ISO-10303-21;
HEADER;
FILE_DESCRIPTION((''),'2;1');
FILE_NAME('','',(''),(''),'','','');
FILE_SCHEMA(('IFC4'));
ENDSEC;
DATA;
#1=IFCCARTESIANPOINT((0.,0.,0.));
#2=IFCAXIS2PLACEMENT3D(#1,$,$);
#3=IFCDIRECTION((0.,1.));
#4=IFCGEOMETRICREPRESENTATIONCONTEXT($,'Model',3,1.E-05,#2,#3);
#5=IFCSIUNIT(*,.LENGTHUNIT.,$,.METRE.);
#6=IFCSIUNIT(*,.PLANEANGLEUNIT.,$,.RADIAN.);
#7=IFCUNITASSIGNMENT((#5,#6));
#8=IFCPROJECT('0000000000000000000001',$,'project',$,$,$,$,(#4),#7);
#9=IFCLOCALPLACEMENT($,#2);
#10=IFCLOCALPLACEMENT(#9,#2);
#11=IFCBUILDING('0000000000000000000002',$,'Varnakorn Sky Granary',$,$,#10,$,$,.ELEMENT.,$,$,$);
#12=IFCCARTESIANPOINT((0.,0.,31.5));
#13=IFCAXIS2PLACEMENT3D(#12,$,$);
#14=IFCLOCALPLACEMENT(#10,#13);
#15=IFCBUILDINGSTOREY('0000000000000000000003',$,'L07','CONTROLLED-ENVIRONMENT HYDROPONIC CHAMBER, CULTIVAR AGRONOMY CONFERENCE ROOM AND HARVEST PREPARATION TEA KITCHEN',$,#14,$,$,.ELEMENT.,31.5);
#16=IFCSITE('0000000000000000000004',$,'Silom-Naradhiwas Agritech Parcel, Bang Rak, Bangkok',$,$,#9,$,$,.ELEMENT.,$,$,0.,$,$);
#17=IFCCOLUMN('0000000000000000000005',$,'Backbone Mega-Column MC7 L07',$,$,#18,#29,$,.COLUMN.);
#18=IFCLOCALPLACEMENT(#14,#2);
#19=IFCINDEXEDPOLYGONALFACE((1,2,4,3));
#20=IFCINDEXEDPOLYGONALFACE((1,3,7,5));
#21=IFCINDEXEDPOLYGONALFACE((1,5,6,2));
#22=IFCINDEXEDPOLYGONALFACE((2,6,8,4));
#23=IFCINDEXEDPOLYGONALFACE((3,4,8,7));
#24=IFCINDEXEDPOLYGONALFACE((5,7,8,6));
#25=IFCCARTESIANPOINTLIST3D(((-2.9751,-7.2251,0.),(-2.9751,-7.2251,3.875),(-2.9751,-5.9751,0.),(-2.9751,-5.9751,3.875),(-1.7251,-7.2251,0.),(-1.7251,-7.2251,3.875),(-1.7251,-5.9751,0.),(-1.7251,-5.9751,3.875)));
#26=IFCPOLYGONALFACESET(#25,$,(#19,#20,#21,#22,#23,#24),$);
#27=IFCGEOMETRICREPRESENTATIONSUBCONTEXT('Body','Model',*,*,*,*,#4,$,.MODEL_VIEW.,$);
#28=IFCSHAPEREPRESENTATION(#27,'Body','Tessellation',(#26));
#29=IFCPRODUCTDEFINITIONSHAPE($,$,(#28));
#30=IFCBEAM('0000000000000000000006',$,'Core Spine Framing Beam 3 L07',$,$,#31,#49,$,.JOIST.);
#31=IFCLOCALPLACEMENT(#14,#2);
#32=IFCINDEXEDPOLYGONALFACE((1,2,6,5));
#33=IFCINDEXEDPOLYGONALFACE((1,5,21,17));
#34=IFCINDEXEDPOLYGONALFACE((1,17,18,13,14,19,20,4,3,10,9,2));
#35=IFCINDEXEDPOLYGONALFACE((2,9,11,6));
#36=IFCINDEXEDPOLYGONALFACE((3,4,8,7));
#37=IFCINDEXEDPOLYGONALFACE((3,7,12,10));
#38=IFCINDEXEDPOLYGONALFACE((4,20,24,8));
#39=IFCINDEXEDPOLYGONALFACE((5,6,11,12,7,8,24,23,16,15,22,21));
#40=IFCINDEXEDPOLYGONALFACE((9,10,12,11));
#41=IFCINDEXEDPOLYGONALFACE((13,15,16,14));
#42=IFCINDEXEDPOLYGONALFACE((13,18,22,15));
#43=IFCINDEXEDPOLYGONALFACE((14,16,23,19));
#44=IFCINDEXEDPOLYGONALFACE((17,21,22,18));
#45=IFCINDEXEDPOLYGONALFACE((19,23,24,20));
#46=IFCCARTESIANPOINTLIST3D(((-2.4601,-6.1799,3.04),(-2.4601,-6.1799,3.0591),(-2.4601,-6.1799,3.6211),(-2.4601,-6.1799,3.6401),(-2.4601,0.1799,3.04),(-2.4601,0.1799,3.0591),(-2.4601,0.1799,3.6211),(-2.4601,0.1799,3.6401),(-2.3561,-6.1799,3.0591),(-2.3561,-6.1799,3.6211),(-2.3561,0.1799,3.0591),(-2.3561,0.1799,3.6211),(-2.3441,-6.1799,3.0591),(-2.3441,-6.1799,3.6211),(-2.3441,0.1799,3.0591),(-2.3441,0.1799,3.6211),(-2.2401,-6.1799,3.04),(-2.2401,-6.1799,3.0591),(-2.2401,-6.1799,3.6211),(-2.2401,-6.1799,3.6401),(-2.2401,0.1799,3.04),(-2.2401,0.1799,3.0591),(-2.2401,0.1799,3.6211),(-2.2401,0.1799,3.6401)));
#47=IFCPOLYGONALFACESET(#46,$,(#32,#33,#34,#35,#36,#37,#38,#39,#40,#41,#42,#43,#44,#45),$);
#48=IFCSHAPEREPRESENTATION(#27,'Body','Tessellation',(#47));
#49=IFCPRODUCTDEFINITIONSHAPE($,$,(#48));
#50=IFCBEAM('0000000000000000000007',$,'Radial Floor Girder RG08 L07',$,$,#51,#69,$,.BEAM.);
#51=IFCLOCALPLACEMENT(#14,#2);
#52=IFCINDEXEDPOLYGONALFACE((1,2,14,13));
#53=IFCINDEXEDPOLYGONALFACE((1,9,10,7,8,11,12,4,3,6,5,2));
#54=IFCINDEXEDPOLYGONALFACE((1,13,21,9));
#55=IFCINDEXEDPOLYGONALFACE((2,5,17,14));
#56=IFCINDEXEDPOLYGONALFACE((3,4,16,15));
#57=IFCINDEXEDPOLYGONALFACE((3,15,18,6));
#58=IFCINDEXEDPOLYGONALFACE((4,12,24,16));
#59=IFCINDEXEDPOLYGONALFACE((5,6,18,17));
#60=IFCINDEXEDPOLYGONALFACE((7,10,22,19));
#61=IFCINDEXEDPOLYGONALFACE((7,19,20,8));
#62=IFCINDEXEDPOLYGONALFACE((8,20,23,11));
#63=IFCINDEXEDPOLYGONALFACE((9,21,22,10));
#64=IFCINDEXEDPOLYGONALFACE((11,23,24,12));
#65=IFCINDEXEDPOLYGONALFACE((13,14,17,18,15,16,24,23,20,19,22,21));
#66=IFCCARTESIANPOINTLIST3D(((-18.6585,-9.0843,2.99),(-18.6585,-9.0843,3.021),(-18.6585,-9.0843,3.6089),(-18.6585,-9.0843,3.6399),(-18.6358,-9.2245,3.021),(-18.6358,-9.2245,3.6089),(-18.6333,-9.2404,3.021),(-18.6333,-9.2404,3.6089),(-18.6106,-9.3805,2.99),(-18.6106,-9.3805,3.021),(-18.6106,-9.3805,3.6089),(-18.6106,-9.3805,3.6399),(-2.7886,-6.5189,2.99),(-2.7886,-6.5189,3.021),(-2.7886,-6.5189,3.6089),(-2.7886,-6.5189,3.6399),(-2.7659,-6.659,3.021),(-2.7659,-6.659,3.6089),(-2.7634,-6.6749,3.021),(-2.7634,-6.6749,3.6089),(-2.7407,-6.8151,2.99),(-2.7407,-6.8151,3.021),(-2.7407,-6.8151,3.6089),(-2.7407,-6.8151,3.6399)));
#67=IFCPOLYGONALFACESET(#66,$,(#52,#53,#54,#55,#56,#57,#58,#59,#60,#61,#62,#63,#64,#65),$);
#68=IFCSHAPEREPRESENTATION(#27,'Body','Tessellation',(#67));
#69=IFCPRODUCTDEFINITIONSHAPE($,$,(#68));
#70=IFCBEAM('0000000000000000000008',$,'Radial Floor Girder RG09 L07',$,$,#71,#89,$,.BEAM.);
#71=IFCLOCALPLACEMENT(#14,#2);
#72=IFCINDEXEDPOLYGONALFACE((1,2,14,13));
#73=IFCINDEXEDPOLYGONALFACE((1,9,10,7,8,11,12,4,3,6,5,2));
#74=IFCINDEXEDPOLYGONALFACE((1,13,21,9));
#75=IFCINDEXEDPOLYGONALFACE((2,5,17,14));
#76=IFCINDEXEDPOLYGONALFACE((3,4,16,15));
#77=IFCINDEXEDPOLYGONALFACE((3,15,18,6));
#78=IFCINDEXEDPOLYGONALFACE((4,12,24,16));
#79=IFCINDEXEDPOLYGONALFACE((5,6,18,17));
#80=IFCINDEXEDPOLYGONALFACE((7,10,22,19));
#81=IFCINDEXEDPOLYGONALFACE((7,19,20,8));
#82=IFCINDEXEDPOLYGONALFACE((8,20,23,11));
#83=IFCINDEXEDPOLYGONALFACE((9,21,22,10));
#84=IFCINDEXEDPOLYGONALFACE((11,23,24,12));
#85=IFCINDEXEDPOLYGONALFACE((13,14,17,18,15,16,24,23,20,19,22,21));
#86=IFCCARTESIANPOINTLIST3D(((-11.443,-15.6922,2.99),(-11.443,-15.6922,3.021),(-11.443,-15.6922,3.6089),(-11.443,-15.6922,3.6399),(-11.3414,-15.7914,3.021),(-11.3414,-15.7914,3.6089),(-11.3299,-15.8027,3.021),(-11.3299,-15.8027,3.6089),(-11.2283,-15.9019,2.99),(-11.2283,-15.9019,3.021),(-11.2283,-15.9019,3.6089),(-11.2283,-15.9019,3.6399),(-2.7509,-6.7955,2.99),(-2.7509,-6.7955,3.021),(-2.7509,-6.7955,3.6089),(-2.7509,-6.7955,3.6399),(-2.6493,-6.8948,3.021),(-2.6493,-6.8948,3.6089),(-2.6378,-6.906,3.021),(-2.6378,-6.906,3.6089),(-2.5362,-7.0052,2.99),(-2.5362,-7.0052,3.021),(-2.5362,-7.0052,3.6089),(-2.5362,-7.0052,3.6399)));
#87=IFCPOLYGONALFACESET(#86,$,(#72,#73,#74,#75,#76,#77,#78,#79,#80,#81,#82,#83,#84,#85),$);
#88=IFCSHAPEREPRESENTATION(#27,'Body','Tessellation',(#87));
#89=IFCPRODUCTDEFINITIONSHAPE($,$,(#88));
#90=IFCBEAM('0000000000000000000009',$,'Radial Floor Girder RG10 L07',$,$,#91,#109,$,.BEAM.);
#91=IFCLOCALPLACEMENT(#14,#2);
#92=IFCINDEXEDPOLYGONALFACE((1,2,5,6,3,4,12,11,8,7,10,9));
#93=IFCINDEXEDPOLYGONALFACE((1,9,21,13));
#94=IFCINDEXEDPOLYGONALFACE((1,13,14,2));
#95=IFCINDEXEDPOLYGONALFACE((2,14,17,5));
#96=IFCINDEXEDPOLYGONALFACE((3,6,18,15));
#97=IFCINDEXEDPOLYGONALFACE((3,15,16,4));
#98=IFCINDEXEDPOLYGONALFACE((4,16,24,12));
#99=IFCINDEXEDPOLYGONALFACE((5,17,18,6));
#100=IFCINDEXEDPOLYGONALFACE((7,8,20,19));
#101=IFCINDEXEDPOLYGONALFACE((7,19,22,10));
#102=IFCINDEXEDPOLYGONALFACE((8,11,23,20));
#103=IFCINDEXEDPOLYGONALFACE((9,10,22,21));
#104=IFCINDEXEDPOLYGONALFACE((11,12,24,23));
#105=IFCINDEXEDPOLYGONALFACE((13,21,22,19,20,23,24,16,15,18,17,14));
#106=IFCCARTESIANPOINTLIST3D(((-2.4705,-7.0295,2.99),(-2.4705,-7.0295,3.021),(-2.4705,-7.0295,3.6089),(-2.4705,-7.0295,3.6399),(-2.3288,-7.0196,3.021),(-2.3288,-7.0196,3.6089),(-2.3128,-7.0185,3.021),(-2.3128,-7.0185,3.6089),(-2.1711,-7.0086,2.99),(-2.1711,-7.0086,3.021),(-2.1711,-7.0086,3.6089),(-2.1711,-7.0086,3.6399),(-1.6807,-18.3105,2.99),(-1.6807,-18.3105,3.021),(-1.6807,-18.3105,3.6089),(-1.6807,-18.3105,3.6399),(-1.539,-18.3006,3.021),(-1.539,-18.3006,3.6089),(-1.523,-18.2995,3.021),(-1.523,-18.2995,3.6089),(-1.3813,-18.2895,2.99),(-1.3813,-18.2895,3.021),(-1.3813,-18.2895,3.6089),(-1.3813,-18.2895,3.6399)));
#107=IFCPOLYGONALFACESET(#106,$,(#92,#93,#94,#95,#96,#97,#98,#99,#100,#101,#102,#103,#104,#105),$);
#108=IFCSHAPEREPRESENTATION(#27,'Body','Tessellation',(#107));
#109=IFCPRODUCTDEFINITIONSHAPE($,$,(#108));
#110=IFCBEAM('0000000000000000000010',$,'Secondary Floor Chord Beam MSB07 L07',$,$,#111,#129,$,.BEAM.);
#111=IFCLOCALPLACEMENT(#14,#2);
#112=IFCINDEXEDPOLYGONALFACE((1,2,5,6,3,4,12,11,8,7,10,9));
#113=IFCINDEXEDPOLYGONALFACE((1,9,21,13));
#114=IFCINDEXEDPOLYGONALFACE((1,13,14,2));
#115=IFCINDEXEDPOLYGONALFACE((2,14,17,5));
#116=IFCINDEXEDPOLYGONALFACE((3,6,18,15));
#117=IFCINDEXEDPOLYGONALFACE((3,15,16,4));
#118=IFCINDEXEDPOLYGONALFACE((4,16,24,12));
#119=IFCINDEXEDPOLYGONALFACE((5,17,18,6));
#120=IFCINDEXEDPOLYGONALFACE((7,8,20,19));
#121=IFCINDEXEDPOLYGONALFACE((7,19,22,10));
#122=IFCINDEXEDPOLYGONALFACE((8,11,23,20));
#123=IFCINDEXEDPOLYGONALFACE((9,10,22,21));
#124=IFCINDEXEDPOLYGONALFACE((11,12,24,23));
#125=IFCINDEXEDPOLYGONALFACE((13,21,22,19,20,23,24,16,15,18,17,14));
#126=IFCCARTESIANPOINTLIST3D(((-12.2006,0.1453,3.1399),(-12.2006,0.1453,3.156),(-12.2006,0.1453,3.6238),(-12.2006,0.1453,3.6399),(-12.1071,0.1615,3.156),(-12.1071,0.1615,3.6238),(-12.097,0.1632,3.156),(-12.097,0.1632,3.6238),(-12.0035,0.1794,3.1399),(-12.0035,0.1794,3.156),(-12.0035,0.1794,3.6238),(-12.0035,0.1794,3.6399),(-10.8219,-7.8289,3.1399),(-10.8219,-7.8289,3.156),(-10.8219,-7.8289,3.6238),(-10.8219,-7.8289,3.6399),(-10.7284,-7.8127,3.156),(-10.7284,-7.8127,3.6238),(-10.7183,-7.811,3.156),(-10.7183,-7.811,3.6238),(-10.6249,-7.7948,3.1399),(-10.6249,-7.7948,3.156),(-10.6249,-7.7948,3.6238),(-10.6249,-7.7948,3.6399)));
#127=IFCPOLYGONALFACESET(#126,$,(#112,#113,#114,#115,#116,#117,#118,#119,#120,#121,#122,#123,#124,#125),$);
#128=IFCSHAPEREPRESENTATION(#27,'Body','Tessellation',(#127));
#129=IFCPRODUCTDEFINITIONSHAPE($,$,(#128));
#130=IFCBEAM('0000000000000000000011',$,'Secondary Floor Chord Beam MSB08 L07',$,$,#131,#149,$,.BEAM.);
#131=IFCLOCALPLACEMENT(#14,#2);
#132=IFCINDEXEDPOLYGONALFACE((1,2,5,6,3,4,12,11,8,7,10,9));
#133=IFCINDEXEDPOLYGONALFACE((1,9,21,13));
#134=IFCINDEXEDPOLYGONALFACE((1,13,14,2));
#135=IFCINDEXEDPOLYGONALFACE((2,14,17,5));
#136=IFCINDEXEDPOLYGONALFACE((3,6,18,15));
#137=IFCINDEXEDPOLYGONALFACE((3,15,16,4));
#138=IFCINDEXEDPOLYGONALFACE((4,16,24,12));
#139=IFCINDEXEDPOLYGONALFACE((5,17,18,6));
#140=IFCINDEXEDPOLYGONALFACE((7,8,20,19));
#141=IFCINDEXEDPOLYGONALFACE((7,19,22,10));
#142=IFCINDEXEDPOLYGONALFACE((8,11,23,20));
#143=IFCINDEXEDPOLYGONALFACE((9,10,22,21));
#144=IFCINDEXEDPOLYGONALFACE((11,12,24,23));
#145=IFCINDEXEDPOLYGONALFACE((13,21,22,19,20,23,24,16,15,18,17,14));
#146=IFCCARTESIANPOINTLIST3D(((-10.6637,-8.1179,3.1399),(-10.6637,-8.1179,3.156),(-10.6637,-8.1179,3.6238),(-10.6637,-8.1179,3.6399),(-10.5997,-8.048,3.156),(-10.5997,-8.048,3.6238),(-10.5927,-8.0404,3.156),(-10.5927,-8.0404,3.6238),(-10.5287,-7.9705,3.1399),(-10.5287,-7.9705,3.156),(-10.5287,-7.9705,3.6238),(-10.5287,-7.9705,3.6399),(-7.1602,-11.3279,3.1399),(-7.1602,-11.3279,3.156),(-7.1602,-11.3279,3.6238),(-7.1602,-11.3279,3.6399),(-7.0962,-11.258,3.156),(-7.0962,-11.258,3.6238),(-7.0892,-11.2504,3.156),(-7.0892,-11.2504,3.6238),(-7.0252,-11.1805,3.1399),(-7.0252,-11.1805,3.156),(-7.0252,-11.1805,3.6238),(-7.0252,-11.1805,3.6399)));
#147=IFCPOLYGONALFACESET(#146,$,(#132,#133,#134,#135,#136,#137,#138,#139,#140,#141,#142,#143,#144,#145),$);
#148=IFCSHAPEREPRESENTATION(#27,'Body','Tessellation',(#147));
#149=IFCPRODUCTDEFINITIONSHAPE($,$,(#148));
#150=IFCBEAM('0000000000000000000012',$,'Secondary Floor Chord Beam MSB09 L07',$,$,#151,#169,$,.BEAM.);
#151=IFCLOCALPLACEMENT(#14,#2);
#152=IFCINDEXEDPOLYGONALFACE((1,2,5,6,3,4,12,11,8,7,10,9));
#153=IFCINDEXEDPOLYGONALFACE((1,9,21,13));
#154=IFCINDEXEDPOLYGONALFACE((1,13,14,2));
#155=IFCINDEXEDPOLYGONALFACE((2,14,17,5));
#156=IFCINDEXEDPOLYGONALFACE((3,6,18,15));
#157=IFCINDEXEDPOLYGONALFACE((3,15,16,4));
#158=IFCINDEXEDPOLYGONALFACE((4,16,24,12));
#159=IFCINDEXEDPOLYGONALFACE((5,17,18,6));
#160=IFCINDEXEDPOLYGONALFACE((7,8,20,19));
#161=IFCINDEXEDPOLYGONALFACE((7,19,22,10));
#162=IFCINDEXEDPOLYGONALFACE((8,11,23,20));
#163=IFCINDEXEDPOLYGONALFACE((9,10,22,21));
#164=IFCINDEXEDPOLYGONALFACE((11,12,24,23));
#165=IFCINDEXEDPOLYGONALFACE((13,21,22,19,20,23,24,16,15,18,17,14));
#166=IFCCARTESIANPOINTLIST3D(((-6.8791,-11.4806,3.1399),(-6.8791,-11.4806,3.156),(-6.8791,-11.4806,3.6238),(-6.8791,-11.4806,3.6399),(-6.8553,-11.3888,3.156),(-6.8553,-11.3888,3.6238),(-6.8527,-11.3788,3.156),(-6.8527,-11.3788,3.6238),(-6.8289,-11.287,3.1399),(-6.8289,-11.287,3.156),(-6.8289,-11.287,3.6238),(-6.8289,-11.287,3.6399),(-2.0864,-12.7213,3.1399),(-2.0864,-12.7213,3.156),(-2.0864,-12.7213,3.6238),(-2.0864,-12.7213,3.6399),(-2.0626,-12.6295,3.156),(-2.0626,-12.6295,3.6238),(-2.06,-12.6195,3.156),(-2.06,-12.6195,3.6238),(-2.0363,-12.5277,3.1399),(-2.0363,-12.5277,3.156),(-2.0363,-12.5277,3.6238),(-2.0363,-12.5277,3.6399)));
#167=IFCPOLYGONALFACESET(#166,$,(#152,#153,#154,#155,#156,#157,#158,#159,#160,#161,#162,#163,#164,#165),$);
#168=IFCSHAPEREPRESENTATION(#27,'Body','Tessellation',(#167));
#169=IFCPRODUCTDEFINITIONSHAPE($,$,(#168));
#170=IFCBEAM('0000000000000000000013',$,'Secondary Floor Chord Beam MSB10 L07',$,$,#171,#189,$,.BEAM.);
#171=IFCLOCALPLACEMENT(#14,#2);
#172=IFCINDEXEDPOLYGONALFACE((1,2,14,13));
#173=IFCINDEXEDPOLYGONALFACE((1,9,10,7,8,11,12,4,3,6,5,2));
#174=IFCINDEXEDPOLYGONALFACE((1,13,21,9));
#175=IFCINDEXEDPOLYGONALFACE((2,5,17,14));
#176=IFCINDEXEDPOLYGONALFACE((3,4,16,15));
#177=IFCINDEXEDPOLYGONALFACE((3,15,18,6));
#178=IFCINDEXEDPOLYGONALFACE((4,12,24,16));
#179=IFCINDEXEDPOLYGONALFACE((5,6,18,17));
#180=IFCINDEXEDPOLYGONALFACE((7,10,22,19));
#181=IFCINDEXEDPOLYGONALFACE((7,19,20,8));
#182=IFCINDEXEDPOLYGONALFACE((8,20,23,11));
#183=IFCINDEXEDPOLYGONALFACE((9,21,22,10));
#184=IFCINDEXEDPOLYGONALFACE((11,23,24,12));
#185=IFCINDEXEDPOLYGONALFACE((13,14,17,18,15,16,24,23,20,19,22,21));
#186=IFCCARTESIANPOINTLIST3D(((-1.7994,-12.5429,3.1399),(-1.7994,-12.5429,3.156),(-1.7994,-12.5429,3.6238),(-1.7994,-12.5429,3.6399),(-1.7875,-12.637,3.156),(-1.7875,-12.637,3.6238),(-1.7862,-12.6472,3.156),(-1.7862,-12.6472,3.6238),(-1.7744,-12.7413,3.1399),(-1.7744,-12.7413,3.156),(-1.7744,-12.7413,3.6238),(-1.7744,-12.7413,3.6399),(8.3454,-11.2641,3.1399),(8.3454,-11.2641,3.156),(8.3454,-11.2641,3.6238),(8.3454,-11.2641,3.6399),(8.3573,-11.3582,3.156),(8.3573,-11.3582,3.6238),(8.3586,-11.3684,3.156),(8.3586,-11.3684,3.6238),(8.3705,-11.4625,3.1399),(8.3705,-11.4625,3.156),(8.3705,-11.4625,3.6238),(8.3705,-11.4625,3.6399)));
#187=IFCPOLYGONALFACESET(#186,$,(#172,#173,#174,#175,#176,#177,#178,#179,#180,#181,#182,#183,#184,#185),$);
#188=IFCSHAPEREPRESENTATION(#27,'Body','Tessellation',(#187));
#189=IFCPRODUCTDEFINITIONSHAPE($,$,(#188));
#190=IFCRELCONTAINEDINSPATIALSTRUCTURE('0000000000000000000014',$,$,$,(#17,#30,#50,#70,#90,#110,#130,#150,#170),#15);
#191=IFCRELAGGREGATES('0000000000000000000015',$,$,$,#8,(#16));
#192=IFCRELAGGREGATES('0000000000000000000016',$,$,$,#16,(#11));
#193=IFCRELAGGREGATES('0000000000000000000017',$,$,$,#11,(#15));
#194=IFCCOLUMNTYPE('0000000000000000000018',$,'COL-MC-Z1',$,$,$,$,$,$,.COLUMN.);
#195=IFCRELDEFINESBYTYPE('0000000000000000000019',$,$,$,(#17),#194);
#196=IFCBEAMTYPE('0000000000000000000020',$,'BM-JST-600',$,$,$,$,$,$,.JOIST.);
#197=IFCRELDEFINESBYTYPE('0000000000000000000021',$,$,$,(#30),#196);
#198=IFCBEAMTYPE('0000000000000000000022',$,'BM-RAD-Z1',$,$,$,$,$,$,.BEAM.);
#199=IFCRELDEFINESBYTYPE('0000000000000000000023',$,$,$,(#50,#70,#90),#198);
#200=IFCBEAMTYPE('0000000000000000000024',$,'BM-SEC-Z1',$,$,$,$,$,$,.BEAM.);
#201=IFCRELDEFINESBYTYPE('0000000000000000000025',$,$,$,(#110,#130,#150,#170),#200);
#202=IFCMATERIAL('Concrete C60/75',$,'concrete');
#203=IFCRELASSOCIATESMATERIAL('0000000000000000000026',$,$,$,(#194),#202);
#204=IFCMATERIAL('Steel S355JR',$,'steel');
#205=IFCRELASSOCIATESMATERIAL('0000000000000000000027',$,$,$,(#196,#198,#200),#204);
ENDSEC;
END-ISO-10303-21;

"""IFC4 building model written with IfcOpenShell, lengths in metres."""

from ifc_helpers import new_model, si_unit, direction, frame, origin, origin_2d, place, context, subcontext, project, spatial, rectangle, i_section, extrude, material, material_profile, profile_set, type_object, element, save


model = new_model("IFC4")

# Units and contexts
model_context = context("Model", 3, precision=1e-05, world=origin(), true_north=direction((0.0, 1.0)))
body_context = subcontext(model_context, "Body", "Model", "MODEL_VIEW")
ifc_project = project(units=[si_unit("LENGTHUNIT", "METRE"), si_unit("PLANEANGLEUNIT", "RADIAN")], contexts=[model_context])

# Site, building, storey
site_placement = place(None, origin())
site = spatial("IfcSite", under=ifc_project, at=site_placement, Name="Silom-Naradhiwas Agritech Parcel, Bang Rak, Bangkok", CompositionType="ELEMENT", RefElevation=0.0)
building_placement = place(site_placement, origin())
building = spatial("IfcBuilding", under=site, at=building_placement, Name="Varnakorn Sky Granary", CompositionType="ELEMENT")
storey_placement = place(building_placement, frame((0.0, 0.0, 31.5)))
storey = spatial("IfcBuildingStorey", under=building, at=storey_placement, Name="L07", Description="CONTROLLED-ENVIRONMENT HYDROPONIC CHAMBER, CULTIVAR AGRONOMY CONFERENCE ROOM AND HARVEST PREPARATION TEA KITCHEN", CompositionType="ELEMENT", Elevation=31.5)

# Column
ifc_material_1 = material(Name="Concrete C60/75", Category="concrete")
ifc_material_profile_1 = material_profile(ifc_material_1, rectangle(XDim=1.25, YDim=1.25, at=origin_2d()), Name="RC 1250x1250")
ifc_profile_set_1 = profile_set([ifc_material_profile_1], Name="Concrete C60/75")
column_type = type_object("IfcColumnType", Name="COL-MC-Z1", PredefinedType="COLUMN", material=ifc_profile_set_1)
column_placement = place(storey_placement, frame((-2.3501, -6.6001, 0.0), z_axis=(0.0, 0.0, 1.0), x_axis=(1.0, 0.0, 0.0)))
element("IfcColumn", 1, at=column_placement, inside=storey, type_object=column_type, Name="Backbone Mega-Column MC7 L07", PredefinedType="COLUMN", context=body_context, shape_type="SweptSolid", body=[
    extrude(rectangle(XDim=1.25, YDim=1.25, at=origin_2d()), origin(), (0.0, 0.0, 1.0), 3.875),
])

# Beams
ifc_material_2 = material(Name="Steel S355JR", Category="steel")
ifc_material_profile_2 = material_profile(ifc_material_2, i_section(OverallWidth=0.22, OverallDepth=0.6001, WebThickness=0.012, FlangeThickness=0.019, at=origin_2d()), Name="IPE 600")
ifc_profile_set_2 = profile_set([ifc_material_profile_2], Name="Steel S355JR")
beam_type_1 = type_object("IfcBeamType", Name="BM-JST-600", PredefinedType="JOIST", material=ifc_profile_set_2)
beam_1_placement = place(storey_placement, frame((-2.3501, 0.1799, 3.3401), z_axis=(0.0, -1.0, 0.0), x_axis=(1.0, 0.0, 0.0)))
element("IfcBeam", 2, at=beam_1_placement, inside=storey, type_object=beam_type_1, Name="Core Spine Framing Beam 3 L07", PredefinedType="JOIST", context=body_context, shape_type="SweptSolid", body=[
    extrude(i_section(OverallWidth=0.22, OverallDepth=0.6001, WebThickness=0.012, FlangeThickness=0.019, at=origin_2d()), origin(), (0.0, 0.0, 1.0), 6.3599),
])
ifc_material_profile_3 = material_profile(ifc_material_2, i_section(OverallWidth=0.3, OverallDepth=0.6499, WebThickness=0.0161, FlangeThickness=0.031, at=origin_2d()), Name="HE 650 B")
ifc_profile_set_3 = profile_set([ifc_material_profile_3], Name="Steel S355JR")
beam_type_2 = type_object("IfcBeamType", Name="BM-RAD-Z1", PredefinedType="BEAM", material=ifc_profile_set_3)
beam_2_placement = place(storey_placement, frame((-2.7646, -6.667, 3.3149), z_axis=(-0.987185, -0.159582, 0.0), x_axis=(0.159582, -0.987185, 0.0)))
element("IfcBeam", 3, at=beam_2_placement, inside=storey, type_object=beam_type_2, Name="Radial Floor Girder RG08 L07", PredefinedType="BEAM", context=body_context, shape_type="SweptSolid", body=[
    extrude(i_section(OverallWidth=0.3, OverallDepth=0.6499, WebThickness=0.0161, FlangeThickness=0.031, at=origin_2d()), origin(), (0.0, 0.0, 1.0), 16.0759),
])
beam_3_placement = place(storey_placement, frame((-2.6436, -6.9004, 3.3149), z_axis=(-0.698835, -0.715283, 0.0), x_axis=(0.715283, -0.698835, 0.0)))
element("IfcBeam", 4, at=beam_3_placement, inside=storey, type_object=beam_type_2, Name="Radial Floor Girder RG09 L07", PredefinedType="BEAM", context=body_context, shape_type="SweptSolid", body=[
    extrude(i_section(OverallWidth=0.3, OverallDepth=0.6499, WebThickness=0.0161, FlangeThickness=0.031, at=origin_2d()), origin(), (0.0, 0.0, 1.0), 12.438),
])
beam_4_placement = place(storey_placement, frame((-2.3208, -7.019, 3.3149), z_axis=(0.06984, -0.997558, 0.0), x_axis=(0.997558, 0.06984, 0.0)))
element("IfcBeam", 5, at=beam_4_placement, inside=storey, type_object=beam_type_2, Name="Radial Floor Girder RG10 L07", PredefinedType="BEAM", context=body_context, shape_type="SweptSolid", body=[
    extrude(i_section(OverallWidth=0.3, OverallDepth=0.6499, WebThickness=0.0161, FlangeThickness=0.031, at=origin_2d()), origin(), (0.0, 0.0, 1.0), 11.3086),
])
ifc_material_profile_4 = material_profile(ifc_material_2, i_section(OverallWidth=0.2, OverallDepth=0.5, WebThickness=0.0103, FlangeThickness=0.0161, at=origin_2d()), Name="IPE 500")
ifc_profile_set_4 = profile_set([ifc_material_profile_4], Name="Steel S355JR")
beam_type_3 = type_object("IfcBeamType", Name="BM-SEC-Z1", PredefinedType="BEAM", material=ifc_profile_set_4)
beam_5_placement = place(storey_placement, frame((-12.1021, 0.1624, 3.3899), z_axis=(0.170365, -0.985381, 0.0), x_axis=(0.985381, 0.170365, 0.0)))
element("IfcBeam", 6, at=beam_5_placement, inside=storey, type_object=beam_type_3, Name="Secondary Floor Chord Beam MSB07 L07", PredefinedType="BEAM", context=body_context, shape_type="SweptSolid", body=[
    extrude(i_section(OverallWidth=0.2, OverallDepth=0.5, WebThickness=0.0103, FlangeThickness=0.0161, at=origin_2d()), origin(), (0.0, 0.0, 1.0), 8.0925),
])
beam_6_placement = place(storey_placement, frame((-10.5962, -8.0442, 3.3899), z_axis=(0.737312, -0.675552, 0.0), x_axis=(0.675552, 0.737312, 0.0)))
element("IfcBeam", 7, at=beam_6_placement, inside=storey, type_object=beam_type_3, Name="Secondary Floor Chord Beam MSB08 L07", PredefinedType="BEAM", context=body_context, shape_type="SweptSolid", body=[
    extrude(i_section(OverallWidth=0.2, OverallDepth=0.5, WebThickness=0.0103, FlangeThickness=0.0161, at=origin_2d()), origin(), (0.0, 0.0, 1.0), 4.7517),
])
beam_7_placement = place(storey_placement, frame((-6.854, -11.3838, 3.3899), z_axis=(0.968087, -0.250615, 0.0), x_axis=(0.250615, 0.968087, 0.0)))
element("IfcBeam", 8, at=beam_7_placement, inside=storey, type_object=beam_type_3, Name="Secondary Floor Chord Beam MSB09 L07", PredefinedType="BEAM", context=body_context, shape_type="SweptSolid", body=[
    extrude(i_section(OverallWidth=0.2, OverallDepth=0.5, WebThickness=0.0103, FlangeThickness=0.0161, at=origin_2d()), origin(), (0.0, 0.0, 1.0), 4.9507),
])
beam_8_placement = place(storey_placement, frame((-1.7869, -12.6421, 3.3899), z_axis=(0.992148, 0.125066, 0.0), x_axis=(-0.125066, 0.992148, 0.0)))
element("IfcBeam", 9, at=beam_8_placement, inside=storey, type_object=beam_type_3, Name="Secondary Floor Chord Beam MSB10 L07", PredefinedType="BEAM", context=body_context, shape_type="SweptSolid", body=[
    extrude(i_section(OverallWidth=0.2, OverallDepth=0.5, WebThickness=0.0103, FlangeThickness=0.0161, at=origin_2d()), origin(), (0.0, 0.0, 1.0), 10.2251),
])

save(model, "model.ifc")
